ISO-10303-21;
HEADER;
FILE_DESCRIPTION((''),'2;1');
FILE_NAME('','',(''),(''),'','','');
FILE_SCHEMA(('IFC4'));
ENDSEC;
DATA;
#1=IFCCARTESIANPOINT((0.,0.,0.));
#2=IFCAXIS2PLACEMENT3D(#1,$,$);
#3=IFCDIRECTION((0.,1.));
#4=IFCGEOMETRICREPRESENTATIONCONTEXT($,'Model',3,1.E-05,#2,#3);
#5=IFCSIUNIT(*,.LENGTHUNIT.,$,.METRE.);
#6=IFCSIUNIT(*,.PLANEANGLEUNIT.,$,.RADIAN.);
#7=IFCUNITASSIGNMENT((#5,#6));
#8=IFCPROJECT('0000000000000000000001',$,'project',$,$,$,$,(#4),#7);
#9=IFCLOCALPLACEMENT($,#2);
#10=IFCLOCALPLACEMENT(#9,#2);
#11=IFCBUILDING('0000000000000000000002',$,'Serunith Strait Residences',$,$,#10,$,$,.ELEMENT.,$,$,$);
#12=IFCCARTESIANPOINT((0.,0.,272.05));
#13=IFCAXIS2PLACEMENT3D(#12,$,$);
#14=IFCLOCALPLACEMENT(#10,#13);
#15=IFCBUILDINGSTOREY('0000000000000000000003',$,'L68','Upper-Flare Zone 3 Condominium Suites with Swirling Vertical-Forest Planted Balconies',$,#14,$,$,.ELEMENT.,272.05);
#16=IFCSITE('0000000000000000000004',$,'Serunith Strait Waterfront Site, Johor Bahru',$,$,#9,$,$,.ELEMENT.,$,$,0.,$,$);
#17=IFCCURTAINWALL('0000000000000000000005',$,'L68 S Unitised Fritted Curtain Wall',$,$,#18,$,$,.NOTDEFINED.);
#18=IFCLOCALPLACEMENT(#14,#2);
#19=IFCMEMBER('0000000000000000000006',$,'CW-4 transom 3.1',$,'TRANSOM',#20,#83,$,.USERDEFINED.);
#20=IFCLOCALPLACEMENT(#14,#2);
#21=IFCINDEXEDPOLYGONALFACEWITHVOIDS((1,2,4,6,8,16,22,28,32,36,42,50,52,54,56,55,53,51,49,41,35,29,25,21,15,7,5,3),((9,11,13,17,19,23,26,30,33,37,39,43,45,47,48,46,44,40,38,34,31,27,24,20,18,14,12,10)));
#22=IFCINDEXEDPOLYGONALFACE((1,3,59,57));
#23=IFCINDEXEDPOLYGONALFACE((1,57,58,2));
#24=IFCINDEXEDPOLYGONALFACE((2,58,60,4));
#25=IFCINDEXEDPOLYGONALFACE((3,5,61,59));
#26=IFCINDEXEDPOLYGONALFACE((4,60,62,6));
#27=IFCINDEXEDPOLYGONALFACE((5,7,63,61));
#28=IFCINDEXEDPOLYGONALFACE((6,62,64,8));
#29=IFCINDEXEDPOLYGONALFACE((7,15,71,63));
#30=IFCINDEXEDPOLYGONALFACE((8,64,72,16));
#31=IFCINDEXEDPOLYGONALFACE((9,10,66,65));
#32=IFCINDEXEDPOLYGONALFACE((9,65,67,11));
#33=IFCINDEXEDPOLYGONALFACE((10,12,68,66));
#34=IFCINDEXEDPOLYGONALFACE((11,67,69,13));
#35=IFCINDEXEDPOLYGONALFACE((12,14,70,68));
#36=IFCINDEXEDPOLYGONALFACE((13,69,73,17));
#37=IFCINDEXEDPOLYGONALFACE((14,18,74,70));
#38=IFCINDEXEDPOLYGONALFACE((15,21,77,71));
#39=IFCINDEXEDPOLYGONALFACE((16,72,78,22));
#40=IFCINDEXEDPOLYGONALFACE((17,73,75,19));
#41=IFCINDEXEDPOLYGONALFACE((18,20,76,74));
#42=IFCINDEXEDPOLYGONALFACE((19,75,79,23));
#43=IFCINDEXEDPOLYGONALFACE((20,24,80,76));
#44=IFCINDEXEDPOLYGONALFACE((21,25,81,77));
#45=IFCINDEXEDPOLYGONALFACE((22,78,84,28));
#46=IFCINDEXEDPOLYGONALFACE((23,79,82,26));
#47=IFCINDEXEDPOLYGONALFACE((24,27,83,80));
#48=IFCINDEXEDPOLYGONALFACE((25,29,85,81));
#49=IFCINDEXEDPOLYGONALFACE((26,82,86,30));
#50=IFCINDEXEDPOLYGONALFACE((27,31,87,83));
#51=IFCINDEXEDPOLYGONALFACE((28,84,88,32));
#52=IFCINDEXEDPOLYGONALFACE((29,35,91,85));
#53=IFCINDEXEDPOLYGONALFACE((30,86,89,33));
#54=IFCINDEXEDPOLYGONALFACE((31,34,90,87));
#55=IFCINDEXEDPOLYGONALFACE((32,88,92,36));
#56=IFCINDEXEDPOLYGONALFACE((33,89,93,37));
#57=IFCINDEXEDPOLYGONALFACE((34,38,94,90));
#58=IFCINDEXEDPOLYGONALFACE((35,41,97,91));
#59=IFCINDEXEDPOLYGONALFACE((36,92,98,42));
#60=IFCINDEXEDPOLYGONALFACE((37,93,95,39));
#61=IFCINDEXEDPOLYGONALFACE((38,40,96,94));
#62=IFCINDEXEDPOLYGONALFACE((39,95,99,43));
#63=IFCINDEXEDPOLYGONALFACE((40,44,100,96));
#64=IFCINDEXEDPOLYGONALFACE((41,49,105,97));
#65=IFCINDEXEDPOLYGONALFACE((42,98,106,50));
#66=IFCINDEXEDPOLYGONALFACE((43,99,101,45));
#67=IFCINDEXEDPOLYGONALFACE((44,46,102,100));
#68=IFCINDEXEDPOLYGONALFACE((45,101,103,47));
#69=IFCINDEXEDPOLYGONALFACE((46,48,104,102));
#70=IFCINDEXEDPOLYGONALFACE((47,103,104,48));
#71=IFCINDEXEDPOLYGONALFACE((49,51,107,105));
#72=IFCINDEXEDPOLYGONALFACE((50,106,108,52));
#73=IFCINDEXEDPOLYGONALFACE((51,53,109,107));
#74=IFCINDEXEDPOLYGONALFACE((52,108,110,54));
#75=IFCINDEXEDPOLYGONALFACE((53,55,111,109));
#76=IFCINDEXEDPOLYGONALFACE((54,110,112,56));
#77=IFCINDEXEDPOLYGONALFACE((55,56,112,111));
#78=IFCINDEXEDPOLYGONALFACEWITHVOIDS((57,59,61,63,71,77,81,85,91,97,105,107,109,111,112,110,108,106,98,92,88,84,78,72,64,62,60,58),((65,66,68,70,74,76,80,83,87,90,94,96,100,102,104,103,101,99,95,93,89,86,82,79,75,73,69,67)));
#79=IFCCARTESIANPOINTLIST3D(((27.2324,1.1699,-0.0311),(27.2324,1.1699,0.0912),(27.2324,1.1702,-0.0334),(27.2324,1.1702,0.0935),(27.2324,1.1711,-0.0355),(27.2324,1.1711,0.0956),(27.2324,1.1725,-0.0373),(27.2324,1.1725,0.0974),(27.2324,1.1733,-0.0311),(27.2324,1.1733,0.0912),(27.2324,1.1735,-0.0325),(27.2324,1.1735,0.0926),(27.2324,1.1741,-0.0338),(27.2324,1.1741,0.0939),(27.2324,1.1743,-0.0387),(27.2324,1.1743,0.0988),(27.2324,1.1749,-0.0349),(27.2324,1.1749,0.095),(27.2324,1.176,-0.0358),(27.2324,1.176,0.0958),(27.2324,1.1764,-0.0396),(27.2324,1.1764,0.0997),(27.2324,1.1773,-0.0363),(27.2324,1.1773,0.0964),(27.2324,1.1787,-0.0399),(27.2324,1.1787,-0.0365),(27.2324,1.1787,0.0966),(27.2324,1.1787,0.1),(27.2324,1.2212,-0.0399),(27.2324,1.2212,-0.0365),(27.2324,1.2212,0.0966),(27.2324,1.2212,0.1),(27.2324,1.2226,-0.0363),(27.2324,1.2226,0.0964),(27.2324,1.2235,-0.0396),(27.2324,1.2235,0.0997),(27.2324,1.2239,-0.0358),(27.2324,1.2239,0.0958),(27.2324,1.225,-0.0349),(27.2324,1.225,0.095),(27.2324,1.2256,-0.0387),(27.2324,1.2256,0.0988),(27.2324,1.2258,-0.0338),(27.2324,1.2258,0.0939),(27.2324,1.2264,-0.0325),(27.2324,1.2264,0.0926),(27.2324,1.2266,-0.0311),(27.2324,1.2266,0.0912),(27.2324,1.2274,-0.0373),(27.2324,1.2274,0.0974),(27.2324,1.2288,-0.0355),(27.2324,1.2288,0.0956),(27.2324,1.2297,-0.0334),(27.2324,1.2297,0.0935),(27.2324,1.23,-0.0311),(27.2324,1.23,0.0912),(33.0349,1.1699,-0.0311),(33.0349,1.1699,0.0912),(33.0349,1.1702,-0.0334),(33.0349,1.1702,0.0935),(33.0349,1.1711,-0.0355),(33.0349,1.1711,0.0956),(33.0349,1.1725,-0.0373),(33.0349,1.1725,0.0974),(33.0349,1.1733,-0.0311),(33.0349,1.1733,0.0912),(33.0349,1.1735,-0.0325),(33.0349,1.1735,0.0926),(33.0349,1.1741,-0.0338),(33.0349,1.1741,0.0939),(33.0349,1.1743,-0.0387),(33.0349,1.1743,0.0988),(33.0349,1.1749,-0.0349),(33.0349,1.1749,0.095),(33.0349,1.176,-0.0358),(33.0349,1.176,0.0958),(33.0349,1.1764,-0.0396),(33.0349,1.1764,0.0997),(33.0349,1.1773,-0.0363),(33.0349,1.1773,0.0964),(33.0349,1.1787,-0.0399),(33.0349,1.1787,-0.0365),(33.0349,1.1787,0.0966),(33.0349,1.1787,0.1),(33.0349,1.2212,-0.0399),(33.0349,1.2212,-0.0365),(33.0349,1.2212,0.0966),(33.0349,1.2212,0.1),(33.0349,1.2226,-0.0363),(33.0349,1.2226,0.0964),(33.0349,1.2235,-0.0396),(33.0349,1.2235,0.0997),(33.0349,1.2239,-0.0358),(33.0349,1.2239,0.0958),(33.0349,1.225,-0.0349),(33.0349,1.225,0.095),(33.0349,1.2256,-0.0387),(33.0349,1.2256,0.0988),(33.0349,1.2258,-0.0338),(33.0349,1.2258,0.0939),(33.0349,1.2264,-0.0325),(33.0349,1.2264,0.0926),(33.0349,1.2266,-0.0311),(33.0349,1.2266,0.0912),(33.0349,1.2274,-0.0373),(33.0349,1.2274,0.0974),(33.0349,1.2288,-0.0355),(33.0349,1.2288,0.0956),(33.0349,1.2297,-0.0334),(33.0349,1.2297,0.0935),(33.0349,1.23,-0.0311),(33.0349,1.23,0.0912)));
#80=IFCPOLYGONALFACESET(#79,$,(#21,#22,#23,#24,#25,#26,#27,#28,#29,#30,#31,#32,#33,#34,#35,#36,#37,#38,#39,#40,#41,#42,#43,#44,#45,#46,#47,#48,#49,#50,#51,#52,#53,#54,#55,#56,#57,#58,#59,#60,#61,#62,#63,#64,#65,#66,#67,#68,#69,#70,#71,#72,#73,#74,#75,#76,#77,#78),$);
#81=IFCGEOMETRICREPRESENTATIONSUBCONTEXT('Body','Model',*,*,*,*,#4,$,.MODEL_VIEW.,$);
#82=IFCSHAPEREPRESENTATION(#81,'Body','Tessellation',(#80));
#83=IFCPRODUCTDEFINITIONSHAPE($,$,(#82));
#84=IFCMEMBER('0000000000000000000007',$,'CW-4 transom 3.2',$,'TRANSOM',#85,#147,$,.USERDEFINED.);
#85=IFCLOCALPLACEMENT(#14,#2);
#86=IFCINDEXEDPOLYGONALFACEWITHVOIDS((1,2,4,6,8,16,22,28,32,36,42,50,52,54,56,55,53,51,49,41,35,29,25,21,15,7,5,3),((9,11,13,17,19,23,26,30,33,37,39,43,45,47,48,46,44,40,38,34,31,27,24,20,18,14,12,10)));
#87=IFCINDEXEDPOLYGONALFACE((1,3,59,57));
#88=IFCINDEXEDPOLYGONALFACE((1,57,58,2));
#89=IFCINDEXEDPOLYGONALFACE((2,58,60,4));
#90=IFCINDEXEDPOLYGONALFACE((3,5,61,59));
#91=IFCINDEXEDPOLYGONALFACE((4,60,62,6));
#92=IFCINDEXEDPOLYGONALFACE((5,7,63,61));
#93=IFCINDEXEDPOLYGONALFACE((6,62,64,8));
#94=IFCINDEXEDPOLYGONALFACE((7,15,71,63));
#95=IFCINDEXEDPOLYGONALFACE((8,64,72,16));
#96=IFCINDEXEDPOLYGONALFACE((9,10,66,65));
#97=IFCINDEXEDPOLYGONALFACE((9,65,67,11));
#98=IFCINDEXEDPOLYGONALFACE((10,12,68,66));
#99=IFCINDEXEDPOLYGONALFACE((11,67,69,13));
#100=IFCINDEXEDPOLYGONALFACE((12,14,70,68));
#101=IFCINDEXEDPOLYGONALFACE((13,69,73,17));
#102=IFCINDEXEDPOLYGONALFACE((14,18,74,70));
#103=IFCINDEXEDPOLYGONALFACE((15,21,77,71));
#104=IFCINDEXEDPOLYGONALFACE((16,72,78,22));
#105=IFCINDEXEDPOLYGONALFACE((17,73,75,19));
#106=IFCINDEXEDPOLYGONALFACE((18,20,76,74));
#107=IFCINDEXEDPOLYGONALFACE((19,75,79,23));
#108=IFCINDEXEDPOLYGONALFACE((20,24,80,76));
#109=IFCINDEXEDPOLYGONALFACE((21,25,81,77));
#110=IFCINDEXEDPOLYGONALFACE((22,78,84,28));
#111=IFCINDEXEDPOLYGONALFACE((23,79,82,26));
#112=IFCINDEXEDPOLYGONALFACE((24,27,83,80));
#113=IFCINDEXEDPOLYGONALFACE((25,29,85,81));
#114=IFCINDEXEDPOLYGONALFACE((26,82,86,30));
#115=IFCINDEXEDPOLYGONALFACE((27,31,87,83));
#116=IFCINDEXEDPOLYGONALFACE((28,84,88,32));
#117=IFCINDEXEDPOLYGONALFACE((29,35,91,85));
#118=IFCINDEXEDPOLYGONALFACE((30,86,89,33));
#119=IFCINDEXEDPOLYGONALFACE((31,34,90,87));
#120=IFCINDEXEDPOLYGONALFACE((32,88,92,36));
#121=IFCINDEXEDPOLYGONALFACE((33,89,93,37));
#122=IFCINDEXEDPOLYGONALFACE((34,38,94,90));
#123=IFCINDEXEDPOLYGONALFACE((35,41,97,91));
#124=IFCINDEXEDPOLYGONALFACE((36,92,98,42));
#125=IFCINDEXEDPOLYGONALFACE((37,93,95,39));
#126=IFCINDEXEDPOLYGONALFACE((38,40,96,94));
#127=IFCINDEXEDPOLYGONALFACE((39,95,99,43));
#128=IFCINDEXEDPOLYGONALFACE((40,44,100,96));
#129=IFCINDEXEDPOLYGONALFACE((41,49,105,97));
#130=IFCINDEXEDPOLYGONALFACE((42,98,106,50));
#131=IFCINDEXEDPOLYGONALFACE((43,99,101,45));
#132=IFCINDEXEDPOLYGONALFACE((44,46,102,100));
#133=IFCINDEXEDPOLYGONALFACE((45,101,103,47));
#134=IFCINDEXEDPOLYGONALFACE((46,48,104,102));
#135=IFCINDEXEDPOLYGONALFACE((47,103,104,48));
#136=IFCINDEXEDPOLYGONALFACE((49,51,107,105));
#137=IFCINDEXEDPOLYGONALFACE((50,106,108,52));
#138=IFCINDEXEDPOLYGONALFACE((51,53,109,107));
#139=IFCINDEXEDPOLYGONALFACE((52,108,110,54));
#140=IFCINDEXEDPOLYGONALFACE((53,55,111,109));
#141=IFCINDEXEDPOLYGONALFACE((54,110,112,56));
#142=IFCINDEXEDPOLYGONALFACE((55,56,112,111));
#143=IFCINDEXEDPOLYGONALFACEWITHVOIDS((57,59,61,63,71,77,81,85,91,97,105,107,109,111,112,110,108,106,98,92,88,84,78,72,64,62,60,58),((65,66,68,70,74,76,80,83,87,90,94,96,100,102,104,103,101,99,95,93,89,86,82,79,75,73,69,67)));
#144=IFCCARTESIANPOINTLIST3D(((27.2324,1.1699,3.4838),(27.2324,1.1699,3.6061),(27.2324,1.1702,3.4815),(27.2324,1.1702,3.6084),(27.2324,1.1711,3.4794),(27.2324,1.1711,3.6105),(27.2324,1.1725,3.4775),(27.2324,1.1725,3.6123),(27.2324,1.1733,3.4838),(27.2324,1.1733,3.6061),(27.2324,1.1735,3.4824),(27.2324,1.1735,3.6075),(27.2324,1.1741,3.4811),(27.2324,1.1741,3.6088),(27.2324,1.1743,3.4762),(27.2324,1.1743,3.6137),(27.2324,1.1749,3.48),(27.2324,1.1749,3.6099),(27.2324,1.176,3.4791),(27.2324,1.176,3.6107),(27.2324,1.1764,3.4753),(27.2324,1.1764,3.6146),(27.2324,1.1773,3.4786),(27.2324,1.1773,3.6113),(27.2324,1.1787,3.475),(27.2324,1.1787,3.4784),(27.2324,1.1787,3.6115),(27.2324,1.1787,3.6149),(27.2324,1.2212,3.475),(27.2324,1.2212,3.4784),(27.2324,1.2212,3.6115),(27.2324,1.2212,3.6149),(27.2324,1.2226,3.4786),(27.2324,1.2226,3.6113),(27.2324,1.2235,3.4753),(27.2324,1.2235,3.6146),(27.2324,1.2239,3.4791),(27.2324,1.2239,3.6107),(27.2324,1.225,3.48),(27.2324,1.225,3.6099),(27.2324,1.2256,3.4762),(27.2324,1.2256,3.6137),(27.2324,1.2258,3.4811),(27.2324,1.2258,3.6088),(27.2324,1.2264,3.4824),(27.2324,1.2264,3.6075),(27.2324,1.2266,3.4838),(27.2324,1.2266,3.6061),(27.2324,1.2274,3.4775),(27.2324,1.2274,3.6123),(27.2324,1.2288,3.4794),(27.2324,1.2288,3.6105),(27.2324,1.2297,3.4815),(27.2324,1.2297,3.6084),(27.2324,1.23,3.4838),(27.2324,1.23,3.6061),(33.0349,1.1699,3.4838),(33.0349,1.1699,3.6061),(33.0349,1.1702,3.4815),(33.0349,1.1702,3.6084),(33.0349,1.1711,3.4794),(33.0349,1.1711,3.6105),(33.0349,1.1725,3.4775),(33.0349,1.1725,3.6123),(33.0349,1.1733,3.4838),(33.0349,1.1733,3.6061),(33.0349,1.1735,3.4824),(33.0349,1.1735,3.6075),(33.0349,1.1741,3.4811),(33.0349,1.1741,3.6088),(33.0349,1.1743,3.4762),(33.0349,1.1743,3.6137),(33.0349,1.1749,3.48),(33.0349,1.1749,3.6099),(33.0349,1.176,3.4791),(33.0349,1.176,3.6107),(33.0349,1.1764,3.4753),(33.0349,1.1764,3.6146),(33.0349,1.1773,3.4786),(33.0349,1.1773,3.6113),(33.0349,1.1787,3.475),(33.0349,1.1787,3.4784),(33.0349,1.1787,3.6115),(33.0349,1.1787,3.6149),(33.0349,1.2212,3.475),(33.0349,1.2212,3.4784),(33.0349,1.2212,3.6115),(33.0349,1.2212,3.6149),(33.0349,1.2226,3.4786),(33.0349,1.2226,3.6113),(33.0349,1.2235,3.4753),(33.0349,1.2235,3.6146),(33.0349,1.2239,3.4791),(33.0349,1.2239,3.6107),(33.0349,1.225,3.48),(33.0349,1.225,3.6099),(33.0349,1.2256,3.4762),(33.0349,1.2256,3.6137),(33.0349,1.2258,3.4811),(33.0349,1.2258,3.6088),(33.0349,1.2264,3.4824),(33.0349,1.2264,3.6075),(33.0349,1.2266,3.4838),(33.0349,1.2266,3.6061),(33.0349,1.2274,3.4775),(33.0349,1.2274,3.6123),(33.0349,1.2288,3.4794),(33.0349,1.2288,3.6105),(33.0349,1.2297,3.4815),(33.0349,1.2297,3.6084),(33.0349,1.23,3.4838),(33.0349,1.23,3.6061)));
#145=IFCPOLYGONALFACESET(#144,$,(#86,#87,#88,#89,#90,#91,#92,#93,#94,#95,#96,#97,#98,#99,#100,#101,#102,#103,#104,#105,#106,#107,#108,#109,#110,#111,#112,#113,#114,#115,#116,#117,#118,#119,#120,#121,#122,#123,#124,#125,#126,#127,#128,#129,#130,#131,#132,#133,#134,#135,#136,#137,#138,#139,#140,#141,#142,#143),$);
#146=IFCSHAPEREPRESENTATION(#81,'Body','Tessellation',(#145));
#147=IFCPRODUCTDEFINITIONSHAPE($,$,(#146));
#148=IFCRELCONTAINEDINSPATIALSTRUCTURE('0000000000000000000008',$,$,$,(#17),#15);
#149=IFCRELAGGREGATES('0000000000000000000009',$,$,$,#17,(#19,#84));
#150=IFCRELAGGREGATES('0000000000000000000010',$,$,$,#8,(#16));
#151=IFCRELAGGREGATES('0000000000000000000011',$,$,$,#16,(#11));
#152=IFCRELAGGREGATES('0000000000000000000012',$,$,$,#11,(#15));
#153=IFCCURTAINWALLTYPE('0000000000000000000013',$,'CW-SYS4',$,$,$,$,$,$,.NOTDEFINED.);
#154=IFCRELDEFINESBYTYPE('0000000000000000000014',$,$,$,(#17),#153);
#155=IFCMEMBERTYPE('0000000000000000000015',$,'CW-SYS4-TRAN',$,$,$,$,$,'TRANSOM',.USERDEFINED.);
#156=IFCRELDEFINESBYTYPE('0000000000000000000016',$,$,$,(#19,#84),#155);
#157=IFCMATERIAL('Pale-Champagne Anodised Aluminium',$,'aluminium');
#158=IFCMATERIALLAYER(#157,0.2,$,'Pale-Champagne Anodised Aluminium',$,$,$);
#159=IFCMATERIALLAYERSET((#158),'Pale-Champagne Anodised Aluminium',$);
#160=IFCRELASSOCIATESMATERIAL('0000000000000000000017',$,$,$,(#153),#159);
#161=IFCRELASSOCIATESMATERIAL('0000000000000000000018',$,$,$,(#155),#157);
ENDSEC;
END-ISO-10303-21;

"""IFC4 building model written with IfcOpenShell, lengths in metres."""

from ifc_helpers import new_model, si_unit, direction, frame, origin, origin_2d, place, context, subcontext, project, spatial, hollow_rectangle, extrude, source, transform, mapped, material, layer, layer_set, material_profile, profile_set, type_object, element, aggregate, save


model = new_model("IFC4")

# Units and contexts
model_context = context("Model", 3, precision=1e-05, world=origin(), true_north=direction((0.0, 1.0)))
body_context = subcontext(model_context, "Body", "Model", "MODEL_VIEW")
ifc_project = project(units=[si_unit("LENGTHUNIT", "METRE"), si_unit("PLANEANGLEUNIT", "RADIAN")], contexts=[model_context])

# Site, building, storey
site_placement = place(None, origin())
site = spatial("IfcSite", under=ifc_project, at=site_placement, Name="Serunith Strait Waterfront Site, Johor Bahru", CompositionType="ELEMENT", RefElevation=0.0)
building_placement = place(site_placement, origin())
building = spatial("IfcBuilding", under=site, at=building_placement, Name="Serunith Strait Residences", CompositionType="ELEMENT")
storey_placement = place(building_placement, frame((0.0, 0.0, 272.05)))
storey = spatial("IfcBuildingStorey", under=building, at=storey_placement, Name="L68", Description="Upper-Flare Zone 3 Condominium Suites with Swirling Vertical-Forest Planted Balconies", CompositionType="ELEMENT", Elevation=272.05)

# Curtain wall, members
ifc_material_1 = material(Name="Pale-Champagne Anodised Aluminium", Category="aluminium")
ifc_layer_1 = layer(ifc_material_1, 0.2, Name="Pale-Champagne Anodised Aluminium")
ifc_layer_set_1 = layer_set([ifc_layer_1], Name="Pale-Champagne Anodised Aluminium")
curtain_wall_type = type_object("IfcCurtainWallType", Name="CW-SYS4", PredefinedType="NOTDEFINED", material=ifc_layer_set_1)
curtain_wall_placement = place(storey_placement, origin())
curtain_wall = element("IfcCurtainWall", 1, at=curtain_wall_placement, inside=storey, type_object=curtain_wall_type, Name="L68 S Unitised Fritted Curtain Wall", PredefinedType="NOTDEFINED")
ifc_material_profile_1 = material_profile(ifc_material_1, hollow_rectangle(XDim=0.0601, YDim=0.1399, WallThickness=0.0034, InnerFilletRadius=0.0054, OuterFilletRadius=0.0088, at=origin_2d()), Name="ALU 140x60x3.5")
ifc_profile_set_1 = profile_set([ifc_material_profile_1], Name="Pale-Champagne Anodised Aluminium")
member_type_1 = type_object("IfcMemberType", Name="CW-SYS4-TRAN", ElementType="TRANSOM", PredefinedType="USERDEFINED", material=ifc_profile_set_1)
shared_shape_1 = source(origin(), body_context, "Body", "SweptSolid", [
    extrude(hollow_rectangle(XDim=0.0601, YDim=0.1399, WallThickness=0.0034, InnerFilletRadius=0.0054, OuterFilletRadius=0.0088, at=origin_2d()), origin(), (0.0, 0.0, 1.0), 5.8025),
])
member_1_placement = place(storey_placement, frame((27.2324, 1.2, 0.03), z_axis=(1.0, 0.0, 0.0), x_axis=(0.0, 1.0, 0.0)))
member_1 = element("IfcMember", 2, at=member_1_placement, type_object=member_type_1, Name="CW-4 transom 3.1", ObjectType="TRANSOM", PredefinedType="USERDEFINED", context=body_context, shape_type="MappedRepresentation", body=[
    mapped(shared_shape_1, transform((0.0, 0.0, 0.0), scale=1.0)),
])
member_2_placement = place(storey_placement, frame((27.2324, 1.2, 3.5449), z_axis=(1.0, 0.0, 0.0), x_axis=(0.0, 1.0, 0.0)))
member_2 = element("IfcMember", 3, at=member_2_placement, type_object=member_type_1, Name="CW-4 transom 3.2", ObjectType="TRANSOM", PredefinedType="USERDEFINED", context=body_context, shape_type="MappedRepresentation", body=[
    mapped(shared_shape_1, transform((0.0, 0.0, 0.0), scale=1.0)),
])
aggregate(curtain_wall, [member_1, member_2])

save(model, "model.ifc")
